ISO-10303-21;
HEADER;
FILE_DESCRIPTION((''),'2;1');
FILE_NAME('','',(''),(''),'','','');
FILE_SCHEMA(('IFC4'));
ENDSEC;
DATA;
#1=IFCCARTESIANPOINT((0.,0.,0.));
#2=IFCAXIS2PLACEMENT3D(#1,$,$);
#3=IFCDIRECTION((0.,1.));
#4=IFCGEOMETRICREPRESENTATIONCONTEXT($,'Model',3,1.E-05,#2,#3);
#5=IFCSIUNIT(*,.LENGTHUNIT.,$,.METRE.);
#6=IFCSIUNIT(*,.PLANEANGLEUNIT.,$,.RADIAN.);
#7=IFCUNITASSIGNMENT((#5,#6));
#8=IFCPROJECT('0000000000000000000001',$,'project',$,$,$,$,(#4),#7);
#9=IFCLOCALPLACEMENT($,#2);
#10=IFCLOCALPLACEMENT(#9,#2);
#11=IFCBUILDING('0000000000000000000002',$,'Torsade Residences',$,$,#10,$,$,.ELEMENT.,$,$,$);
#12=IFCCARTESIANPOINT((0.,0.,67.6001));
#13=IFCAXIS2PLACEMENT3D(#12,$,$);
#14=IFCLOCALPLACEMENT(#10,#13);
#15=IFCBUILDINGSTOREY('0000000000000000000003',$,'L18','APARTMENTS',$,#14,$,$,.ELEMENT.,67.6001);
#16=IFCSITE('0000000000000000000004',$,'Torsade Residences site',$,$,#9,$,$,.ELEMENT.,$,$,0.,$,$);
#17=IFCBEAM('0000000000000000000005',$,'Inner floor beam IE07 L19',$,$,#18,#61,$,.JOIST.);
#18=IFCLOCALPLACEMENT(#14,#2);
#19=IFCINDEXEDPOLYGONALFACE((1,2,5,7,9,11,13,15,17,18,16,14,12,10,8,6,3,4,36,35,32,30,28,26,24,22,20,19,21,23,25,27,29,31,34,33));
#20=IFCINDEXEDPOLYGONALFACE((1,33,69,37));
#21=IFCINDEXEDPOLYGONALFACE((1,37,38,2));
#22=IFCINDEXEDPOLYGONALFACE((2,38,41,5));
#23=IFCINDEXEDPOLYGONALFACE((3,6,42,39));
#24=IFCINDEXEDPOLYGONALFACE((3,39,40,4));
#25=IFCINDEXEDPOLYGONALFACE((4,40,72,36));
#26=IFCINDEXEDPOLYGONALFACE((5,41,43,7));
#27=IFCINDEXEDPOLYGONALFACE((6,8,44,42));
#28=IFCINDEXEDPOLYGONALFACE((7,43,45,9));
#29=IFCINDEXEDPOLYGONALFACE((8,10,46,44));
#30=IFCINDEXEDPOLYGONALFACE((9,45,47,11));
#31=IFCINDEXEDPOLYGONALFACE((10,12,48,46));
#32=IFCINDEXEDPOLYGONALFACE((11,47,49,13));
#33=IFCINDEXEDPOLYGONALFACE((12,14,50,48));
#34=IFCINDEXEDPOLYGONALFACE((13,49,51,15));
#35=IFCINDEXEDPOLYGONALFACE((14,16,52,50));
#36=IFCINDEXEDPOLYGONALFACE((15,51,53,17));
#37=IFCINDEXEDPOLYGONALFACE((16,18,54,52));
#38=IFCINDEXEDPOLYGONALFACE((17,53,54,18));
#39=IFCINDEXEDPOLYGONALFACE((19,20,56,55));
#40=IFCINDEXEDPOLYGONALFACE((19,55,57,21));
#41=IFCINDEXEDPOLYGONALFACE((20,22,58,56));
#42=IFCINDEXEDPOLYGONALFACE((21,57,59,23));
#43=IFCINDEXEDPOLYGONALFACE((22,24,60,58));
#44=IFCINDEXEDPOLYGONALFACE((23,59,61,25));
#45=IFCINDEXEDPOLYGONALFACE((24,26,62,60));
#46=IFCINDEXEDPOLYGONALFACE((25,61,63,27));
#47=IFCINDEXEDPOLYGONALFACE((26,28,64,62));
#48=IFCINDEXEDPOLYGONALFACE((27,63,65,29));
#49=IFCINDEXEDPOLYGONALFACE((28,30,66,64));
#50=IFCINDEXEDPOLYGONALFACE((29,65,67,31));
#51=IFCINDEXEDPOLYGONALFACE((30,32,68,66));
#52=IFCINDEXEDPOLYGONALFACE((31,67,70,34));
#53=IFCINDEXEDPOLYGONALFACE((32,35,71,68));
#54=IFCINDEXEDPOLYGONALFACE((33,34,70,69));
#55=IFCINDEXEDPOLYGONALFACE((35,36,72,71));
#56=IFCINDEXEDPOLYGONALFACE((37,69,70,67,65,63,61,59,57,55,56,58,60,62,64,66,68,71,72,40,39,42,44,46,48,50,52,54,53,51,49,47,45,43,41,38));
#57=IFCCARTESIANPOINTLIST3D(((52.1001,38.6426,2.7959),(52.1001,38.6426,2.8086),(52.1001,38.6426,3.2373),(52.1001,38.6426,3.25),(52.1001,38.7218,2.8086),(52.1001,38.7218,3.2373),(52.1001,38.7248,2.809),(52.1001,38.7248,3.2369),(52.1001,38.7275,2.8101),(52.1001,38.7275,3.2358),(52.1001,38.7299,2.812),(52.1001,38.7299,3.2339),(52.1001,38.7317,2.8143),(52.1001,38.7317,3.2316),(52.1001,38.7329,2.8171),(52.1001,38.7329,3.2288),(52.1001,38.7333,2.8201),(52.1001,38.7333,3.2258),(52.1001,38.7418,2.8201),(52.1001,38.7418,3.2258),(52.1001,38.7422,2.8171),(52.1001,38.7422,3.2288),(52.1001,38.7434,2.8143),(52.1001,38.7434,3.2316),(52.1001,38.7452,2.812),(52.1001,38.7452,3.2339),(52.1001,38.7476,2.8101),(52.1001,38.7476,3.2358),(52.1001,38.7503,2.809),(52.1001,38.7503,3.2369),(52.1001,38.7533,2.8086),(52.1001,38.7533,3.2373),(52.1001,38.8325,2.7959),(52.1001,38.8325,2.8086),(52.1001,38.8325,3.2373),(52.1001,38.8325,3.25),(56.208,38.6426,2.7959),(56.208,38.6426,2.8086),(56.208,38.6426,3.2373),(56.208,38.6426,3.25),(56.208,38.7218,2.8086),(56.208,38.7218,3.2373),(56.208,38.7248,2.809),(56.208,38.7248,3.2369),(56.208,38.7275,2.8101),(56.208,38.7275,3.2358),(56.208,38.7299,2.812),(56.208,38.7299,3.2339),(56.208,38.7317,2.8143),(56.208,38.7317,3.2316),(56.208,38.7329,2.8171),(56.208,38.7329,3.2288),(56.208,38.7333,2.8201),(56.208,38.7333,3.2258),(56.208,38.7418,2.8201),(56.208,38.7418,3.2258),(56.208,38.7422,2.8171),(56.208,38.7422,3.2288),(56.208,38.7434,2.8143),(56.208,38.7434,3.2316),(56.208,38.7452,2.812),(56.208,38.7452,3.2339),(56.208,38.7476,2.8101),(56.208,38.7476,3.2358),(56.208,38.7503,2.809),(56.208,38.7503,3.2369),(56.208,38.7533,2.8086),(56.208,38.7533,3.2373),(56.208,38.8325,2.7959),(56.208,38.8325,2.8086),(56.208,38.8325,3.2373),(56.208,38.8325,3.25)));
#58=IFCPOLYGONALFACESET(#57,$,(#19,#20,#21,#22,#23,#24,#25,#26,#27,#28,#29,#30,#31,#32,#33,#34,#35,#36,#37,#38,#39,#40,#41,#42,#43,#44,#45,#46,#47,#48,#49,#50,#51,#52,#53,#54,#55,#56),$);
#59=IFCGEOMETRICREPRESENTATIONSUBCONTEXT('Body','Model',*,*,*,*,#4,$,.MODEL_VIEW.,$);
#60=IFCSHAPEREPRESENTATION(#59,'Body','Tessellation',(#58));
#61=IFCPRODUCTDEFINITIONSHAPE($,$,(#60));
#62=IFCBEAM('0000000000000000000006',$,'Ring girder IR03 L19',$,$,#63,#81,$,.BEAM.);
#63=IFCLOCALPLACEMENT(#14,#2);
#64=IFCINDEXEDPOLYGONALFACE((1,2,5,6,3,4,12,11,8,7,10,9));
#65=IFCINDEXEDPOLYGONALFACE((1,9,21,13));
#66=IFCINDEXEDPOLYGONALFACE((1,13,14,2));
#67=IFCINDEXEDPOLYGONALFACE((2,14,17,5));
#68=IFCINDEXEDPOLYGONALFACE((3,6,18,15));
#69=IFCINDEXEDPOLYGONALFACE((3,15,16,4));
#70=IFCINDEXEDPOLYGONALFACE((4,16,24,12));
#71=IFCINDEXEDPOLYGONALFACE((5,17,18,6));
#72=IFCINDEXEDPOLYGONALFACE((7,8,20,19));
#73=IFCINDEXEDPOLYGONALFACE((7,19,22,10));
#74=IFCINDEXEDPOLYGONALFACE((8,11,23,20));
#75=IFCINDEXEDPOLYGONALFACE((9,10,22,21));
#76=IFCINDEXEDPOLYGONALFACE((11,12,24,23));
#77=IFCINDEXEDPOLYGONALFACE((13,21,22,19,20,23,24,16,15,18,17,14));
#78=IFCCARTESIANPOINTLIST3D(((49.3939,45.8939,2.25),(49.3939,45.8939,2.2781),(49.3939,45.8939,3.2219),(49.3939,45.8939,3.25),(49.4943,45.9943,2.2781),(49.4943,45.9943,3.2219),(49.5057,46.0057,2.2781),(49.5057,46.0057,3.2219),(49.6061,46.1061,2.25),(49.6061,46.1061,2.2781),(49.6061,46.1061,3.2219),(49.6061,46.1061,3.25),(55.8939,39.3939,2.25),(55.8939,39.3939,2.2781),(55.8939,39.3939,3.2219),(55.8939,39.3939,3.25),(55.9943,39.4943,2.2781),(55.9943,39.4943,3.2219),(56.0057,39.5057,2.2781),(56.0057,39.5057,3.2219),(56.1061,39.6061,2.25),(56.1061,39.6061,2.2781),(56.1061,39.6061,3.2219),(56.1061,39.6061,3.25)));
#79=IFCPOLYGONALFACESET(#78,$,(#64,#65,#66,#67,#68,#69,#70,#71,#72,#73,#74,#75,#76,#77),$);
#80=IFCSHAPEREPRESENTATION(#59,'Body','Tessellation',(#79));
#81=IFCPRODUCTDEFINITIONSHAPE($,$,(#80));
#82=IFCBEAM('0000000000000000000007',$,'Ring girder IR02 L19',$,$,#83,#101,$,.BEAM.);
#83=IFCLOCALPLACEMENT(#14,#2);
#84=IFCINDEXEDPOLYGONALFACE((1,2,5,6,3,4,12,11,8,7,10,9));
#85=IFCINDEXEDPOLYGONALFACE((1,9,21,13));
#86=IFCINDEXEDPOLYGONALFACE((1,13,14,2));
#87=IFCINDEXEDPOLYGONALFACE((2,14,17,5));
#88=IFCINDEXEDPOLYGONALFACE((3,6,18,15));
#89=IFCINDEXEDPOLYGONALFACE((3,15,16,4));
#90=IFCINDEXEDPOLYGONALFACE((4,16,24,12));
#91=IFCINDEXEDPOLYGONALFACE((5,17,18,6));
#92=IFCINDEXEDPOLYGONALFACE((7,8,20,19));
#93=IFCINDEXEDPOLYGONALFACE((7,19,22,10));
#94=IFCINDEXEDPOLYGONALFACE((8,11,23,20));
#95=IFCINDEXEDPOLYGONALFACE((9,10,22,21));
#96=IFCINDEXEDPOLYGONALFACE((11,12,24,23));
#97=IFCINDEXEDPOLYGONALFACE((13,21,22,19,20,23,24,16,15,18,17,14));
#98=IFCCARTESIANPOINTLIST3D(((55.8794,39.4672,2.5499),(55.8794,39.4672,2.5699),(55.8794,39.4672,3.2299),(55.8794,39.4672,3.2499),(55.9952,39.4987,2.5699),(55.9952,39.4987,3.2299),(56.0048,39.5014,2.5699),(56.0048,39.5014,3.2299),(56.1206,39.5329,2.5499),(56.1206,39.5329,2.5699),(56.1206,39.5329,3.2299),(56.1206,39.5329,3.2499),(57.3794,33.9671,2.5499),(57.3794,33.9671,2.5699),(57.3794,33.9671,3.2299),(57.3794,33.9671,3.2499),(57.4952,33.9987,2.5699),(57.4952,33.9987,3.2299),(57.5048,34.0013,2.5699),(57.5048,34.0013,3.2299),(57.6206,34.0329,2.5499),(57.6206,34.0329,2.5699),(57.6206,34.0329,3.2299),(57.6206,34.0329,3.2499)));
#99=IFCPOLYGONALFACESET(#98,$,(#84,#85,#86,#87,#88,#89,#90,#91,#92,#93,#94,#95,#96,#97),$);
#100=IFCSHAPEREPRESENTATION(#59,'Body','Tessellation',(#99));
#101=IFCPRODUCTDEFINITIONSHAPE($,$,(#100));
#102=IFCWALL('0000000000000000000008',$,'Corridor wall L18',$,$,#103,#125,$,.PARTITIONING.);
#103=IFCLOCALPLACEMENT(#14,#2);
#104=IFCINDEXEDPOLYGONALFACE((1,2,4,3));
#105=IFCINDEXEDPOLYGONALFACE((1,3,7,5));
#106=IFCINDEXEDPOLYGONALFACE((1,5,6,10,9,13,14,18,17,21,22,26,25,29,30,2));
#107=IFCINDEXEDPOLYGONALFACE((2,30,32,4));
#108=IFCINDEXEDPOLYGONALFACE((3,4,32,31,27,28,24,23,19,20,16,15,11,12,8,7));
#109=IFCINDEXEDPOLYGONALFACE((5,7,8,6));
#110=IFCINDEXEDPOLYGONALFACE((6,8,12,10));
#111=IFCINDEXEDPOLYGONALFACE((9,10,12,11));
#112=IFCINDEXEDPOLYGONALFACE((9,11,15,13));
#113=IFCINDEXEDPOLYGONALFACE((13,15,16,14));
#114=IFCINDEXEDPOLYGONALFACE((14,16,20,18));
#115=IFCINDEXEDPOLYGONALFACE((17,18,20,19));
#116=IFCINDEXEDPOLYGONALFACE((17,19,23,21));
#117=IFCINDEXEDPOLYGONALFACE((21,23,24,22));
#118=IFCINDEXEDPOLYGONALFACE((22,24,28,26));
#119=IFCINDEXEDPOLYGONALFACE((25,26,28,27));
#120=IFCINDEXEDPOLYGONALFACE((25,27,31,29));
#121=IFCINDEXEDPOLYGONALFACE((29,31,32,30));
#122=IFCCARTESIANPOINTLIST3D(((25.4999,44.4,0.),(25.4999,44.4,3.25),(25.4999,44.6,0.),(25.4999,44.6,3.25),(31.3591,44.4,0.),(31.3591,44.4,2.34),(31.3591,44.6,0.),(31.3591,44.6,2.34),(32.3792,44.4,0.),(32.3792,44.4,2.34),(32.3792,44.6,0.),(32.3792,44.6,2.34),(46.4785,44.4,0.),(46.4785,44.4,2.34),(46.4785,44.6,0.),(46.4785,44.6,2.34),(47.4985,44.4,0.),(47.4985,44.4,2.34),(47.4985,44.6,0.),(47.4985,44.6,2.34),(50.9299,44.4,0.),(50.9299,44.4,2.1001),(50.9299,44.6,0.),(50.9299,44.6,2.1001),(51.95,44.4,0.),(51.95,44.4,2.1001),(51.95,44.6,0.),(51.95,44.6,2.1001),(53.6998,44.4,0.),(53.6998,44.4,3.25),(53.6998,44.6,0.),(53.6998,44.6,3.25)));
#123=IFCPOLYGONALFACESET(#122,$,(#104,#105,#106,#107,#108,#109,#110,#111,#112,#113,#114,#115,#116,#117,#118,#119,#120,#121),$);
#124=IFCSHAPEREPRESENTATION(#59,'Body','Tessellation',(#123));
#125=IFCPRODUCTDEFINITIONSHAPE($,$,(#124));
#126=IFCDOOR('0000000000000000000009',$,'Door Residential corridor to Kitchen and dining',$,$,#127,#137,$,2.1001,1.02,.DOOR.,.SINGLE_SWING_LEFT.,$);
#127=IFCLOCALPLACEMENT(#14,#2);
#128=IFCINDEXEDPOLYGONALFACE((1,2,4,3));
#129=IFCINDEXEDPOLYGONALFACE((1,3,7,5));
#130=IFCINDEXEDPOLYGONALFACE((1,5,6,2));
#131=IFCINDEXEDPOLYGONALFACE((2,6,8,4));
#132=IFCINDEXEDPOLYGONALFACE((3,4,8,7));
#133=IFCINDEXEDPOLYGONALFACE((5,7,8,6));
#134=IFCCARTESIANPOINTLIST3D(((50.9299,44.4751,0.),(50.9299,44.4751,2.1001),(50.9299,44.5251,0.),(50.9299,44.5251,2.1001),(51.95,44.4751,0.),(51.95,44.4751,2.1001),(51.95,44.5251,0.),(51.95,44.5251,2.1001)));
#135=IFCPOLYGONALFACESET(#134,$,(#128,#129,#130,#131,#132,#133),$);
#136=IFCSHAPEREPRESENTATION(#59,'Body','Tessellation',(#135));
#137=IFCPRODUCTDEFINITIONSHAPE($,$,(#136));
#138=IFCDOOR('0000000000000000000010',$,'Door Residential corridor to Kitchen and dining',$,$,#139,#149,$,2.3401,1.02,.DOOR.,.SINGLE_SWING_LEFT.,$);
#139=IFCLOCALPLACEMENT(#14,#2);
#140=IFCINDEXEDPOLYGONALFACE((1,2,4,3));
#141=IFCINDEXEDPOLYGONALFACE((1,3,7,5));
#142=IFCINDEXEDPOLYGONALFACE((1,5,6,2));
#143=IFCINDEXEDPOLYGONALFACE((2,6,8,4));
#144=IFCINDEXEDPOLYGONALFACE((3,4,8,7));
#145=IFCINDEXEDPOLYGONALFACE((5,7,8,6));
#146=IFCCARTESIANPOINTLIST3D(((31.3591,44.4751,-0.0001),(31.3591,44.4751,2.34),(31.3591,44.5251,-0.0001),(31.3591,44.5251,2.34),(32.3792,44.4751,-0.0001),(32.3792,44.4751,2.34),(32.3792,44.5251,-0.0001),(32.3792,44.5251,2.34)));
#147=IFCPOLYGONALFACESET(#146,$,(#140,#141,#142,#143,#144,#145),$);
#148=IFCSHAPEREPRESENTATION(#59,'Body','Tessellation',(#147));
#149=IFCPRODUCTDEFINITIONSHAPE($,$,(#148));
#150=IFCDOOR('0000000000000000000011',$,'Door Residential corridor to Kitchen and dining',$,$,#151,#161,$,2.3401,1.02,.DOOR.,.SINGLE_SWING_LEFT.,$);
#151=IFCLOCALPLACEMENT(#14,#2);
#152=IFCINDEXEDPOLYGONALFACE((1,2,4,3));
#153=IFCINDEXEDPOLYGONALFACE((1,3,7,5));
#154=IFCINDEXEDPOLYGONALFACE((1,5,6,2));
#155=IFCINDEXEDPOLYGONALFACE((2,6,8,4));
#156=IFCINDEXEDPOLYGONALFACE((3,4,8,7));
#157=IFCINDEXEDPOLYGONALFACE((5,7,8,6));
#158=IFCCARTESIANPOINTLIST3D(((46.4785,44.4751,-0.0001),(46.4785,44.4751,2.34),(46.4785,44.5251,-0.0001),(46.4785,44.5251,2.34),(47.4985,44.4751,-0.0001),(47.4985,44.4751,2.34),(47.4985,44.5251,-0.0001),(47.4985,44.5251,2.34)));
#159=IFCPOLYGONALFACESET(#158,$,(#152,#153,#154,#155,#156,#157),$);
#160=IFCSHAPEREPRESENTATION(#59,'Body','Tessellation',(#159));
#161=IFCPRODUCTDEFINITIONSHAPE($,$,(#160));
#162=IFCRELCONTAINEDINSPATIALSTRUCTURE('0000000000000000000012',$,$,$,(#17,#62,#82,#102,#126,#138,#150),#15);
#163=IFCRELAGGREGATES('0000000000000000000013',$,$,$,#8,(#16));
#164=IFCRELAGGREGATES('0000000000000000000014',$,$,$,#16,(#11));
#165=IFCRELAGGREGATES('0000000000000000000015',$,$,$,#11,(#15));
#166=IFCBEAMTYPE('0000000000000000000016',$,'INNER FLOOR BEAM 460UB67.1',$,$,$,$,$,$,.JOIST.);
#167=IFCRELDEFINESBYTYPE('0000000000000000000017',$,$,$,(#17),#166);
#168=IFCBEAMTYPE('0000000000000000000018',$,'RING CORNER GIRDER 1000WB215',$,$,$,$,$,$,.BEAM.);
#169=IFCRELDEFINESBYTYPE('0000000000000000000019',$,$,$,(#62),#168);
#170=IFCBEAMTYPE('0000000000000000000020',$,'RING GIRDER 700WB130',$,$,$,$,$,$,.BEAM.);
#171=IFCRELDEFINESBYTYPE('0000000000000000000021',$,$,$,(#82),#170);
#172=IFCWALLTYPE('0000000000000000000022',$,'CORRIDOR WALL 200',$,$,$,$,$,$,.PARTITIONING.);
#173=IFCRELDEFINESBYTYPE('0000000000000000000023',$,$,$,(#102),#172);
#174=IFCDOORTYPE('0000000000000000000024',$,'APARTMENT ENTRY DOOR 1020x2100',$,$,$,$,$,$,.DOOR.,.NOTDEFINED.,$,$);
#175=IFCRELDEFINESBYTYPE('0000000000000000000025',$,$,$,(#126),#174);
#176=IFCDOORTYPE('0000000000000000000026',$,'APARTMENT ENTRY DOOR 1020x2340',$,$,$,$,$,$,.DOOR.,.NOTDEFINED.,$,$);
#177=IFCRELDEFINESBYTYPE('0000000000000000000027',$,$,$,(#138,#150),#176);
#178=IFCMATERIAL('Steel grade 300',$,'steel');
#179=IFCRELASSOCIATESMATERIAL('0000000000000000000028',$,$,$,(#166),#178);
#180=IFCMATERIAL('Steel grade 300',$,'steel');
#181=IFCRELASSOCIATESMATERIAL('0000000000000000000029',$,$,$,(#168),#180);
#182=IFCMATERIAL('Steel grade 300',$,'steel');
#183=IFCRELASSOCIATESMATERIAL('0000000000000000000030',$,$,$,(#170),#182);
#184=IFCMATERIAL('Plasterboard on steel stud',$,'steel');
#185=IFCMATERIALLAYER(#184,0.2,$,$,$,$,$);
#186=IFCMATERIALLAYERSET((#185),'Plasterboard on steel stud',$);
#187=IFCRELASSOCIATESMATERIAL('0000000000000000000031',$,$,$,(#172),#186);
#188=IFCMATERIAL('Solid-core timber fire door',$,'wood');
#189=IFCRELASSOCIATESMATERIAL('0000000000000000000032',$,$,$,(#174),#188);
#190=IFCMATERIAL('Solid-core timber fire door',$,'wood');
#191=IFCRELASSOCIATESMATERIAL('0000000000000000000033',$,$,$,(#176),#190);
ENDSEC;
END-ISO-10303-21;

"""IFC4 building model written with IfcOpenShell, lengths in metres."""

from ifc_helpers import new_model, si_unit, direction, frame, frame_2d, origin, origin_2d, place, context, subcontext, project, spatial, rectangle, i_section, extrude, material, layer, layer_set, material_profile, profile_set, type_object, element, fill, save


model = new_model("IFC4")

# Units and contexts
model_context = context("Model", 3, precision=1e-05, world=origin(), true_north=direction((0.0, 1.0)))
body_context = subcontext(model_context, "Body", "Model", "MODEL_VIEW")
ifc_project = project(units=[si_unit("LENGTHUNIT", "METRE"), si_unit("PLANEANGLEUNIT", "RADIAN")], contexts=[model_context])

# Site, building, storey
site_placement = place(None, origin())
site = spatial("IfcSite", under=ifc_project, at=site_placement, Name="Torsade Residences site", CompositionType="ELEMENT", RefElevation=0.0)
building_placement = place(site_placement, origin())
building = spatial("IfcBuilding", under=site, at=building_placement, Name="Torsade Residences", CompositionType="ELEMENT")
storey_placement = place(building_placement, frame((0.0, 0.0, 67.6001)))
storey = spatial("IfcBuildingStorey", under=building, at=storey_placement, Name="L18", Description="APARTMENTS", CompositionType="ELEMENT", Elevation=67.6001)

# Beams
ifc_material_1 = material(Name="Steel grade 300", Category="steel")
ifc_material_profile_1 = material_profile(ifc_material_1, i_section(OverallWidth=0.1899, OverallDepth=0.4541, WebThickness=0.0085, FlangeThickness=0.0127, FilletRadius=0.0115, at=origin_2d()), Name="460UB67.1")
ifc_profile_set_1 = profile_set([ifc_material_profile_1], Name="Steel grade 300")
beam_type_1 = type_object("IfcBeamType", Name="INNER FLOOR BEAM 460UB67.1", PredefinedType="JOIST", material=ifc_profile_set_1)
beam_1_placement = place(storey_placement, frame((52.1001, 38.7375, 3.0229), z_axis=(1.0, 0.0, 0.0), x_axis=(0.0, 1.0, 0.0)))
element("IfcBeam", 1, at=beam_1_placement, inside=storey, type_object=beam_type_1, Name="Inner floor beam IE07 L19", PredefinedType="JOIST", context=body_context, shape_type="SweptSolid", body=[
    extrude(i_section(OverallWidth=0.1899, OverallDepth=0.4541, WebThickness=0.0085, FlangeThickness=0.0127, FilletRadius=0.0115, at=origin_2d()), origin(), (0.0, 0.0, 1.0), 4.1079),
])
ifc_material_2 = material(Name="Steel grade 300", Category="steel")
ifc_material_profile_2 = material_profile(ifc_material_2, i_section(OverallWidth=0.3, OverallDepth=1.0, WebThickness=0.0161, FlangeThickness=0.0281, at=origin_2d()), Name="1000WB215")
ifc_profile_set_2 = profile_set([ifc_material_profile_2], Name="Steel grade 300")
beam_type_2 = type_object("IfcBeamType", Name="RING CORNER GIRDER 1000WB215", PredefinedType="BEAM", material=ifc_profile_set_2)
beam_2_placement = place(storey_placement, frame((56.0, 39.5, 2.75), z_axis=(-0.707107, 0.707107, 0.0), x_axis=(-0.707107, -0.707107, 0.0)))
element("IfcBeam", 2, at=beam_2_placement, inside=storey, type_object=beam_type_2, Name="Ring girder IR03 L19", PredefinedType="BEAM", context=body_context, shape_type="SweptSolid", body=[
    extrude(i_section(OverallWidth=0.3, OverallDepth=1.0, WebThickness=0.0161, FlangeThickness=0.0281, at=origin_2d()), origin(), (0.0, 0.0, 1.0), 9.1924),
])
ifc_material_3 = material(Name="Steel grade 300", Category="steel")
ifc_material_profile_3 = material_profile(ifc_material_3, i_section(OverallWidth=0.25, OverallDepth=0.7, WebThickness=0.01, FlangeThickness=0.02, at=origin_2d()), Name="700WB130")
ifc_profile_set_3 = profile_set([ifc_material_profile_3], Name="Steel grade 300")
beam_type_3 = type_object("IfcBeamType", Name="RING GIRDER 700WB130", PredefinedType="BEAM", material=ifc_profile_set_3)
beam_3_placement = place(storey_placement, frame((57.5, 34.0, 2.8999), z_axis=(-0.263117, 0.964764, 0.0), x_axis=(-0.964764, -0.263117, 0.0)))
element("IfcBeam", 3, at=beam_3_placement, inside=storey, type_object=beam_type_3, Name="Ring girder IR02 L19", PredefinedType="BEAM", context=body_context, shape_type="SweptSolid", body=[
    extrude(i_section(OverallWidth=0.25, OverallDepth=0.7, WebThickness=0.01, FlangeThickness=0.02, at=origin_2d()), origin(), (0.0, 0.0, 1.0), 5.7009),
])

# Wall, openings, doors
ifc_material_4 = material(Name="Plasterboard on steel stud", Category="steel")
ifc_layer_1 = layer(ifc_material_4, 0.2)
ifc_layer_set_1 = layer_set([ifc_layer_1], Name="Plasterboard on steel stud")
wall_type_1 = type_object("IfcWallType", Name="CORRIDOR WALL 200", PredefinedType="PARTITIONING", material=ifc_layer_set_1)
wall_1_placement = place(storey_placement, frame((53.7, 44.5, 0.0), z_axis=(0.0, 0.0, 1.0), x_axis=(-1.0, 0.0, 0.0)))
wall_1 = element("IfcWall", 4, at=wall_1_placement, inside=storey, type_object=wall_type_1, Name="Corridor wall L18", PredefinedType="PARTITIONING", context=body_context, shape_type="SweptSolid", body=[
    extrude(rectangle(XDim=28.2, YDim=0.2, at=frame_2d((14.1001, 0.0))), origin(), (0.0, 0.0, 1.0), 3.25),
])
opening_1_placement = place(wall_1_placement, frame((21.3208, 0.0, 0.0)))
opening_1 = element("IfcOpeningElement", 5, at=opening_1_placement, cuts=wall_1, PredefinedType="OPENING", context=body_context, shape_type="SweptSolid", body=[
    extrude(rectangle(XDim=1.02, YDim=2.3401, at=frame_2d((0.51, 1.1699))), frame((0.0, 0.1099, 0.0), z_axis=(0.0, -1.0, 0.0), x_axis=(1.0, 0.0, 0.0)), (0.0, 0.0, 1.0), 0.22),
])
opening_2_placement = place(wall_1_placement, frame((6.2014, 0.0, 0.0)))
opening_2 = element("IfcOpeningElement", 6, at=opening_2_placement, cuts=wall_1, PredefinedType="OPENING", context=body_context, shape_type="SweptSolid", body=[
    extrude(rectangle(XDim=1.02, YDim=2.3401, at=frame_2d((0.51, 1.1699))), frame((0.0, 0.1099, 0.0), z_axis=(0.0, -1.0, 0.0), x_axis=(1.0, 0.0, 0.0)), (0.0, 0.0, 1.0), 0.22),
])
opening_3_placement = place(wall_1_placement, frame((1.75, 0.0, 0.0)))
opening_3 = element("IfcOpeningElement", 7, at=opening_3_placement, cuts=wall_1, PredefinedType="OPENING", context=body_context, shape_type="SweptSolid", body=[
    extrude(rectangle(XDim=1.02, YDim=2.1001, at=frame_2d((0.51, 1.05))), frame((0.0, 0.1099, 0.0), z_axis=(0.0, -1.0, 0.0), x_axis=(1.0, 0.0, 0.0)), (0.0, 0.0, 1.0), 0.22),
])
ifc_material_5 = material(Name="Solid-core timber fire door", Category="wood")
door_type_1 = type_object("IfcDoorType", Name="APARTMENT ENTRY DOOR 1020x2100", OperationType="NOTDEFINED", PredefinedType="DOOR", material=ifc_material_5)
door_1_placement = place(opening_3_placement, origin())
door_1 = element("IfcDoor", 8, at=door_1_placement, inside=storey, type_object=door_type_1, Name="Door Residential corridor to Kitchen and dining", OperationType="SINGLE_SWING_LEFT", OverallHeight=2.1001, OverallWidth=1.02, PredefinedType="DOOR", context=body_context, shape_type="SweptSolid", body=[
    extrude(rectangle(XDim=1.02, YDim=2.1001, at=frame_2d((0.51, 1.05))), frame((0.0, 0.0249, 0.0), z_axis=(0.0, -1.0, 0.0), x_axis=(1.0, 0.0, 0.0)), (0.0, 0.0, 1.0), 0.05),
])
fill(opening_3, door_1)
ifc_material_6 = material(Name="Solid-core timber fire door", Category="wood")
door_type_2 = type_object("IfcDoorType", Name="APARTMENT ENTRY DOOR 1020x2340", OperationType="NOTDEFINED", PredefinedType="DOOR", material=ifc_material_6)
door_2_placement = place(opening_1_placement, origin())
door_2 = element("IfcDoor", 9, at=door_2_placement, inside=storey, type_object=door_type_2, Name="Door Residential corridor to Kitchen and dining", OperationType="SINGLE_SWING_LEFT", OverallHeight=2.3401, OverallWidth=1.02, PredefinedType="DOOR", context=body_context, shape_type="SweptSolid", body=[
    extrude(rectangle(XDim=1.02, YDim=2.3401, at=frame_2d((0.51, 1.1699))), frame((0.0, 0.0249, 0.0), z_axis=(0.0, -1.0, 0.0), x_axis=(1.0, 0.0, 0.0)), (0.0, 0.0, 1.0), 0.05),
])
fill(opening_1, door_2)
door_3_placement = place(opening_2_placement, origin())
door_3 = element("IfcDoor", 10, at=door_3_placement, inside=storey, type_object=door_type_2, Name="Door Residential corridor to Kitchen and dining", OperationType="SINGLE_SWING_LEFT", OverallHeight=2.3401, OverallWidth=1.02, PredefinedType="DOOR", context=body_context, shape_type="SweptSolid", body=[
    extrude(rectangle(XDim=1.02, YDim=2.3401, at=frame_2d((0.51, 1.1699))), frame((0.0, 0.0249, 0.0), z_axis=(0.0, -1.0, 0.0), x_axis=(1.0, 0.0, 0.0)), (0.0, 0.0, 1.0), 0.05),
])
fill(opening_2, door_3)

save(model, "model.ifc")
